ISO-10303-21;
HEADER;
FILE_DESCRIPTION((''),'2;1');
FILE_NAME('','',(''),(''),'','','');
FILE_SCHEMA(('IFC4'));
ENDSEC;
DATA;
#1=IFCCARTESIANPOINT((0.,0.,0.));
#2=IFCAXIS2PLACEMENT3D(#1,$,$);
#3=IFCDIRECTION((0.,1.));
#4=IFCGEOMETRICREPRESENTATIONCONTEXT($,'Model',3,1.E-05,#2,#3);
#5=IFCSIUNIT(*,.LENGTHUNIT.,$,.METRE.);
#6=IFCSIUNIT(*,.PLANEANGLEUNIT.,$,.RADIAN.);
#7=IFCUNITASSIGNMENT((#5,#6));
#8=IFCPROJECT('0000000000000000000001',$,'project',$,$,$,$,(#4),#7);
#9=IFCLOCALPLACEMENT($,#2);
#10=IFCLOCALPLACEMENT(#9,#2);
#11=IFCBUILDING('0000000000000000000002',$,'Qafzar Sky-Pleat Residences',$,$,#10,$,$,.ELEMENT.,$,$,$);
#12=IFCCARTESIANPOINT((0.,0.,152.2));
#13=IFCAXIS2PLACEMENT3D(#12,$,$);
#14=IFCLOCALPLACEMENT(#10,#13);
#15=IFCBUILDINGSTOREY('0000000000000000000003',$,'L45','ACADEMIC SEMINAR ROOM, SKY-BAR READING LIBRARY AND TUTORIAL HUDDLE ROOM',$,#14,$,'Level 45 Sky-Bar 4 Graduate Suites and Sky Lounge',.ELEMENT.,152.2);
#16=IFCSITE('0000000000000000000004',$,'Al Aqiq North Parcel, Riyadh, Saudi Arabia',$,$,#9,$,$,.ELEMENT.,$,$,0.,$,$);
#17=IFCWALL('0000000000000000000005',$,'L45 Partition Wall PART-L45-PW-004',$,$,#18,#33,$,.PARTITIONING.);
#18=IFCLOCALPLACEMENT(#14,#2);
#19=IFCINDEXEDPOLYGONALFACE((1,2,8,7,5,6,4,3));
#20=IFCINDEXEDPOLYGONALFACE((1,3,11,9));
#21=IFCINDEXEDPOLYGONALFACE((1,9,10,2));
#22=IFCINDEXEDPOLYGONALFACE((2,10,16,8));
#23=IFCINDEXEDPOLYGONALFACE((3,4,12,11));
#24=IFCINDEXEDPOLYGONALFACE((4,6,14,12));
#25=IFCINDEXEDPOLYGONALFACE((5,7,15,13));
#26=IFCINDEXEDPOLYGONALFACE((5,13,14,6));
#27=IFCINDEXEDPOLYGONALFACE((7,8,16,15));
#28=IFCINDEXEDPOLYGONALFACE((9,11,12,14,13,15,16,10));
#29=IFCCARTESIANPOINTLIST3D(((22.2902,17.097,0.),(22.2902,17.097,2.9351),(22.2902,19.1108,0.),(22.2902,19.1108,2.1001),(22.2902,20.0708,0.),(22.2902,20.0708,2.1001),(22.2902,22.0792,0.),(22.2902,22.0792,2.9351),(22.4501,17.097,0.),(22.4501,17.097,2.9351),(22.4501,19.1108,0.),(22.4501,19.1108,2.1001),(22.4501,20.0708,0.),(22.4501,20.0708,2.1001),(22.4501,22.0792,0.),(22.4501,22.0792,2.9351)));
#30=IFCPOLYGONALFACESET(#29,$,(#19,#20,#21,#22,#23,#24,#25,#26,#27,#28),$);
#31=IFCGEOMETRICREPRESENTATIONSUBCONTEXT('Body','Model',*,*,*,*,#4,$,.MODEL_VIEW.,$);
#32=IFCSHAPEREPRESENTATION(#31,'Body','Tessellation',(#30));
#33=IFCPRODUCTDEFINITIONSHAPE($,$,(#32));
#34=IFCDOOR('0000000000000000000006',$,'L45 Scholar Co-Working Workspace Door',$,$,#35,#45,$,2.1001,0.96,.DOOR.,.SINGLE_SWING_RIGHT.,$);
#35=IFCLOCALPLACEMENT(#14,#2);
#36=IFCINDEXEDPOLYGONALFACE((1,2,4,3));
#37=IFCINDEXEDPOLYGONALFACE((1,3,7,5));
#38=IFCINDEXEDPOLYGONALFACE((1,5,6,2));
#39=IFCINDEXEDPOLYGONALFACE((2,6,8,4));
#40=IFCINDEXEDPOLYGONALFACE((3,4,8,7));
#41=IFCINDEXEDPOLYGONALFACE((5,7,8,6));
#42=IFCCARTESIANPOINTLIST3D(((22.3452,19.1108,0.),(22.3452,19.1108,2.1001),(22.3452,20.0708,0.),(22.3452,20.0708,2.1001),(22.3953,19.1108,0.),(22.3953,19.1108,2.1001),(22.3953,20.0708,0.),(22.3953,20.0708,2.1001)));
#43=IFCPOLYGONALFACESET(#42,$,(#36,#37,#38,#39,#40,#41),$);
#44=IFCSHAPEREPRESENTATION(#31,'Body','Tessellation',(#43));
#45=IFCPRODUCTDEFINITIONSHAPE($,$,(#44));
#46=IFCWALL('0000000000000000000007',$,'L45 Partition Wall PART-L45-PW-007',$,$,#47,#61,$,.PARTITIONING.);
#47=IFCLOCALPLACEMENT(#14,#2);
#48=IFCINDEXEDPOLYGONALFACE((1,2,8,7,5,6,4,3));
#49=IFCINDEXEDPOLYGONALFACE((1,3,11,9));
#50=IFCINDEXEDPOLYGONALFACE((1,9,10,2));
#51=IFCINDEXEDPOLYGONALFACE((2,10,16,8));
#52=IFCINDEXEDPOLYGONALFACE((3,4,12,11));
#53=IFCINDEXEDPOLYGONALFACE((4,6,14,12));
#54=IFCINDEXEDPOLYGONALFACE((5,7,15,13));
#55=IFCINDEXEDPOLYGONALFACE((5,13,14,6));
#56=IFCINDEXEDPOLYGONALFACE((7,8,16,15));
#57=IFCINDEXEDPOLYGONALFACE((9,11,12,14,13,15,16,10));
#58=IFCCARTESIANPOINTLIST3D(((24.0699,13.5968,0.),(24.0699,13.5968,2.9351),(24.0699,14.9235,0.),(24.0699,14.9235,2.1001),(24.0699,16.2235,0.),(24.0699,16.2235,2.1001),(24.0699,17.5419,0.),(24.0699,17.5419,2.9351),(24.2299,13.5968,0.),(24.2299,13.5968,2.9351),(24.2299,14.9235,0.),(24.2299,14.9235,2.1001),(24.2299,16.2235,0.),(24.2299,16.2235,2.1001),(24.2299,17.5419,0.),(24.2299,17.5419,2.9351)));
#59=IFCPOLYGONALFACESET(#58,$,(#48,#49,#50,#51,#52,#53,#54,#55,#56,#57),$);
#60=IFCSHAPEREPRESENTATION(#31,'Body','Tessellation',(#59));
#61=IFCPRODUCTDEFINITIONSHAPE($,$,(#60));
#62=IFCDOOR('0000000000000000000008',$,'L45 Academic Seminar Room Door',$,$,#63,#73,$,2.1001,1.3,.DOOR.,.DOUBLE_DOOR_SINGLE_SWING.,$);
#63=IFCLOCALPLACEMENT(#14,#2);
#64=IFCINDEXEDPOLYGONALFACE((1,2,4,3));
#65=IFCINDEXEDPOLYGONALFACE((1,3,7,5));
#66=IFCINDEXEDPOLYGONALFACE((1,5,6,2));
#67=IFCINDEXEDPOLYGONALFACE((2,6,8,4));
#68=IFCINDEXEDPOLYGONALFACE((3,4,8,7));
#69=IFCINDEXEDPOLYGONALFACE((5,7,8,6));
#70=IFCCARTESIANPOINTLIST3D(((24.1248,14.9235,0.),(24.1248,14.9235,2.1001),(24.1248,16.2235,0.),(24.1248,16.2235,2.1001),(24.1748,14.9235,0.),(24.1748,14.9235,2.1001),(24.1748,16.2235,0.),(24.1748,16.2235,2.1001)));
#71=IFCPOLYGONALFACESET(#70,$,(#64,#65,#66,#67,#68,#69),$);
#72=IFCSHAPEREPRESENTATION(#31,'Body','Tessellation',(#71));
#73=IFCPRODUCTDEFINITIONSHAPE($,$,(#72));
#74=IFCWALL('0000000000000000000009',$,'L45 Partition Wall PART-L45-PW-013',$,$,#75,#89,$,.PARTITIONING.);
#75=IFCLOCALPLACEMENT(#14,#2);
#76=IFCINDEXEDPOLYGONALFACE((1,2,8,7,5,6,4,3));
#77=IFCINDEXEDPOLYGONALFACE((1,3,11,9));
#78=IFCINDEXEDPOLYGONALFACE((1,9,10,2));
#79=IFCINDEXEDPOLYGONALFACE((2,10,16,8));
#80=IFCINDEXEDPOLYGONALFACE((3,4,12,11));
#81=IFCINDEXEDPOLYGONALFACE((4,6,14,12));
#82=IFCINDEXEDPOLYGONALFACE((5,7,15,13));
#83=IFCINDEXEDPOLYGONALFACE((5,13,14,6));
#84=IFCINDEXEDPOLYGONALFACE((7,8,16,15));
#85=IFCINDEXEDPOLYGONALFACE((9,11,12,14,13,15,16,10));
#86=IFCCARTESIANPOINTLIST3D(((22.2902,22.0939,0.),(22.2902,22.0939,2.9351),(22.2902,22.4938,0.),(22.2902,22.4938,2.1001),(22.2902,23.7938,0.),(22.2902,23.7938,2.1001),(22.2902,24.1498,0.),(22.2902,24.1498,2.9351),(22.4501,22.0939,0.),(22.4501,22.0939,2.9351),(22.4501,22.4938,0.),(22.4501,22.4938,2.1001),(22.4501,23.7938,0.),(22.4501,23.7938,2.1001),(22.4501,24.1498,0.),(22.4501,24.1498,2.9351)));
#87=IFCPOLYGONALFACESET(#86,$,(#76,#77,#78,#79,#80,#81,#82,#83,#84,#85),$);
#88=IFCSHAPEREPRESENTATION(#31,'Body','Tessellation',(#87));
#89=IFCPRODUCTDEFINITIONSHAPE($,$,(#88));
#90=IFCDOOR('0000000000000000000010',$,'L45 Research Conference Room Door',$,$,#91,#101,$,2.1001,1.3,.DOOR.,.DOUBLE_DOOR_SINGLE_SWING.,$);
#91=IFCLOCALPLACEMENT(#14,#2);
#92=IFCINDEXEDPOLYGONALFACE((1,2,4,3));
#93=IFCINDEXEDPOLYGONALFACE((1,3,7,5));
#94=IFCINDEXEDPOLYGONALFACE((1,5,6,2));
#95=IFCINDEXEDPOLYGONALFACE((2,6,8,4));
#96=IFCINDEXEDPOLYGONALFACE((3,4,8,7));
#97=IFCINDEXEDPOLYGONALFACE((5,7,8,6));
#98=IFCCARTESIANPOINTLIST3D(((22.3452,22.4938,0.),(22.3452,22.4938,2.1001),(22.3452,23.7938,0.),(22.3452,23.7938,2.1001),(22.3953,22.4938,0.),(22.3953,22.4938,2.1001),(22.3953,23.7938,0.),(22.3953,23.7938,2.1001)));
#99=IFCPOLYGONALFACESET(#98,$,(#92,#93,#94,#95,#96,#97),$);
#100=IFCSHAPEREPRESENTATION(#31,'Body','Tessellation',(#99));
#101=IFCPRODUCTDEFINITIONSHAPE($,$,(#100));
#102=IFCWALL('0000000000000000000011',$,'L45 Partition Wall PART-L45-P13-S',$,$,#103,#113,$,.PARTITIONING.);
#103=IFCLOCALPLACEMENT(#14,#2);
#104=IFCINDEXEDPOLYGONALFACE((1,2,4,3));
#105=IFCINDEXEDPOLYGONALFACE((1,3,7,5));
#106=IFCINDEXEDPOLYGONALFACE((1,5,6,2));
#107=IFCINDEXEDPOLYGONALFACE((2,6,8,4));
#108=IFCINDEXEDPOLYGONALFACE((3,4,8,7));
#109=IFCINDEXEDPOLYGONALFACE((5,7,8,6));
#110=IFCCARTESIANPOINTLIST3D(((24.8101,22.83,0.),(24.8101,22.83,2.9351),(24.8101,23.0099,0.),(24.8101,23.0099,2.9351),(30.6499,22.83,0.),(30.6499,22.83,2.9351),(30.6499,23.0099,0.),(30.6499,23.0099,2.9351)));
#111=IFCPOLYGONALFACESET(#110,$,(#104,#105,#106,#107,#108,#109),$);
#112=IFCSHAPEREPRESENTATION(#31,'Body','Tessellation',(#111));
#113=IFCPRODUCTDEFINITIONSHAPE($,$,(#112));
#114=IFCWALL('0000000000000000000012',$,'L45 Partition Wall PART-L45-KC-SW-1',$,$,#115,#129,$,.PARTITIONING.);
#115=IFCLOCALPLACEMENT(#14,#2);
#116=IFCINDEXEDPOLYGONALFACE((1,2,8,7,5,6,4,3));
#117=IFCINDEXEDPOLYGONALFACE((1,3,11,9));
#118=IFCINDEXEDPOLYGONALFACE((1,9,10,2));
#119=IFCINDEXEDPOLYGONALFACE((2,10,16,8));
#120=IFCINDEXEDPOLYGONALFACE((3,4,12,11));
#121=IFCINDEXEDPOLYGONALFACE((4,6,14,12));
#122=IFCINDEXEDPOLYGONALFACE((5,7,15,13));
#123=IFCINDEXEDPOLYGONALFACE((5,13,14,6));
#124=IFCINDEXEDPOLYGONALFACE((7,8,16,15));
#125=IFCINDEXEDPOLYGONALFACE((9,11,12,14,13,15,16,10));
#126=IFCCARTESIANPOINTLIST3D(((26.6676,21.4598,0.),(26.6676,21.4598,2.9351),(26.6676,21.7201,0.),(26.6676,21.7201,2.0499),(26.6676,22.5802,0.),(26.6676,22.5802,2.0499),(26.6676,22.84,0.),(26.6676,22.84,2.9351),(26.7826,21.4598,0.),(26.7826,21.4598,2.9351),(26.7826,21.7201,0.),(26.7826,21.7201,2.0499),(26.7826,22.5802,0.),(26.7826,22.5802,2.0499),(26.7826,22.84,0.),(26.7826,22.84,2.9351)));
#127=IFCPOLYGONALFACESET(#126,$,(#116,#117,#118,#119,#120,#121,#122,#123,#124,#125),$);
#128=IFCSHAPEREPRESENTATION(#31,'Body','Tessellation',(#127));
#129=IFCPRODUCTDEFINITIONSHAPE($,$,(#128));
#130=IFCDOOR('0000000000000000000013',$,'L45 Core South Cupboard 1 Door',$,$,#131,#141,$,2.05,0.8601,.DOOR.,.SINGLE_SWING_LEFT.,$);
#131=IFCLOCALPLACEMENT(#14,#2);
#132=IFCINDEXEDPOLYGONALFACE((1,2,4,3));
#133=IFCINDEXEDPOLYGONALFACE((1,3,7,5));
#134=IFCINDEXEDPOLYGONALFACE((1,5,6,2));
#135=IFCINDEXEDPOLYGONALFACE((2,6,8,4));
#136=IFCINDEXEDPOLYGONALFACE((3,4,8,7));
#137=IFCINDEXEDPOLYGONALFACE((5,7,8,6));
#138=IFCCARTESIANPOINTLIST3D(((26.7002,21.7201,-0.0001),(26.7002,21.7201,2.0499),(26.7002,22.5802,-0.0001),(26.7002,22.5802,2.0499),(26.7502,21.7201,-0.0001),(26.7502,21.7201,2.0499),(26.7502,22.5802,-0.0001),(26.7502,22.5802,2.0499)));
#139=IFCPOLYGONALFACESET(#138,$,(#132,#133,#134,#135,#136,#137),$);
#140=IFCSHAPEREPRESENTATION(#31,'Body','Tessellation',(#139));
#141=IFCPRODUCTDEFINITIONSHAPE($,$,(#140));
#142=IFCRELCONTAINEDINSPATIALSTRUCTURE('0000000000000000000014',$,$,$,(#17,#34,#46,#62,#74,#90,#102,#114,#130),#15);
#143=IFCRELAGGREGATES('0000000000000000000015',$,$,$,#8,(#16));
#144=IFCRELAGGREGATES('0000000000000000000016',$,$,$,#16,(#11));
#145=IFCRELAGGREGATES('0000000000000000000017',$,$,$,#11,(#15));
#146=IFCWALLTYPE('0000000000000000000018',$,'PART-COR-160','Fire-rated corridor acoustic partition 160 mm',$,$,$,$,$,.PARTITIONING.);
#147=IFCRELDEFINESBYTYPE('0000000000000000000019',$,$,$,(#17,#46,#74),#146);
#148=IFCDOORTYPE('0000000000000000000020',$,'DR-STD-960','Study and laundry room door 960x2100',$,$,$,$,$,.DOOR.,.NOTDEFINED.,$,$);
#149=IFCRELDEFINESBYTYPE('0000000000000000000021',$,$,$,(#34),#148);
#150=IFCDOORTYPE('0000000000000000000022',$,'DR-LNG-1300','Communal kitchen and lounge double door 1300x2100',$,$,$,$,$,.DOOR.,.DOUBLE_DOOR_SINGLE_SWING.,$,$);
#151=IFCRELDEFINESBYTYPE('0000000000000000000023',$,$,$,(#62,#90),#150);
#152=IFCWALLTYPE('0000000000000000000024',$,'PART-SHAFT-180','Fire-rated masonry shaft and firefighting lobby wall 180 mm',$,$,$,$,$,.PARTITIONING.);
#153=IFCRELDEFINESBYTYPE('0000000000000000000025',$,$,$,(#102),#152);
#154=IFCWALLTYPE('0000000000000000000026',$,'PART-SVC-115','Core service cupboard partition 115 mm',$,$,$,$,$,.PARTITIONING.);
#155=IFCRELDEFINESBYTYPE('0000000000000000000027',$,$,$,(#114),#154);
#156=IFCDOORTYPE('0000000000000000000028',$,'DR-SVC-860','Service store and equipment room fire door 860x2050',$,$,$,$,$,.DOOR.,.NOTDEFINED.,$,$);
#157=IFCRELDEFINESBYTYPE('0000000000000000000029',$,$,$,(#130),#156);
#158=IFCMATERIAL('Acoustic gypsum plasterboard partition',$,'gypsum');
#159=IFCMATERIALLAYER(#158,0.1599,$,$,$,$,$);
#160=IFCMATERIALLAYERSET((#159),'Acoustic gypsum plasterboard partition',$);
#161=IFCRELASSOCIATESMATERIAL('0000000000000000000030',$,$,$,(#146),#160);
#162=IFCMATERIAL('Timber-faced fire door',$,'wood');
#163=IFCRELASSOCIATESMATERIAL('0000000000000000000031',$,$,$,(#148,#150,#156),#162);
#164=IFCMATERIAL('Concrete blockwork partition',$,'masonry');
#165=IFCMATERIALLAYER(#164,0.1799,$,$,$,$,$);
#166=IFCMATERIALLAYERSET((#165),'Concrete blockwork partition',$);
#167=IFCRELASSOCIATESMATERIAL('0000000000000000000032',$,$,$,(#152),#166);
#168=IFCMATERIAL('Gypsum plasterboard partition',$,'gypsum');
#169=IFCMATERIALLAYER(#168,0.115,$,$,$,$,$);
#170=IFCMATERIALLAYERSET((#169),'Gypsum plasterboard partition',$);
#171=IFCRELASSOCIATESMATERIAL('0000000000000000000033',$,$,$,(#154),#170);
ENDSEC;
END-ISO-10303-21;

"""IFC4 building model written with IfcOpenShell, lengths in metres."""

from ifc_helpers import new_model, si_unit, direction, frame, frame_2d, origin, place, context, subcontext, project, spatial, rectangle, extrude, source, transform, mapped, material, layer, layer_set, type_object, element, fill, save


model = new_model("IFC4")

# Units and contexts
model_context = context("Model", 3, precision=1e-05, world=origin(), true_north=direction((0.0, 1.0)))
body_context = subcontext(model_context, "Body", "Model", "MODEL_VIEW")
ifc_project = project(units=[si_unit("LENGTHUNIT", "METRE"), si_unit("PLANEANGLEUNIT", "RADIAN")], contexts=[model_context])

# Site, building, storey
site_placement = place(None, origin())
site = spatial("IfcSite", under=ifc_project, at=site_placement, Name="Al Aqiq North Parcel, Riyadh, Saudi Arabia", CompositionType="ELEMENT", RefElevation=0.0)
building_placement = place(site_placement, origin())
building = spatial("IfcBuilding", under=site, at=building_placement, Name="Qafzar Sky-Pleat Residences", CompositionType="ELEMENT")
storey_placement = place(building_placement, frame((0.0, 0.0, 152.2)))
storey = spatial("IfcBuildingStorey", under=building, at=storey_placement, Name="L45", Description="ACADEMIC SEMINAR ROOM, SKY-BAR READING LIBRARY AND TUTORIAL HUDDLE ROOM", LongName="Level 45 Sky-Bar 4 Graduate Suites and Sky Lounge", CompositionType="ELEMENT", Elevation=152.2)

# Walls, openings, doors
ifc_material_1 = material(Name="Acoustic gypsum plasterboard partition", Category="gypsum")
ifc_layer_1 = layer(ifc_material_1, 0.1599)
ifc_layer_set_1 = layer_set([ifc_layer_1], Name="Acoustic gypsum plasterboard partition")
wall_type_1 = type_object("IfcWallType", Name="PART-COR-160", Description="Fire-rated corridor acoustic partition 160 mm", PredefinedType="PARTITIONING", material=ifc_layer_set_1)
wall_1_placement = place(storey_placement, frame((22.3701, 17.0969, 0.0), z_axis=(0.0, 0.0, 1.0), x_axis=(0.0, 1.0, 0.0)))
wall_1 = element("IfcWall", 1, at=wall_1_placement, inside=storey, type_object=wall_type_1, Name="L45 Partition Wall PART-L45-PW-004", PredefinedType="PARTITIONING", context=body_context, shape_type="SweptSolid", body=[
    extrude(rectangle(XDim=4.9822, YDim=0.1599, at=frame_2d((2.4912, 0.0))), origin(), (0.0, 0.0, 1.0), 2.9351),
])
opening_1_placement = place(wall_1_placement, frame((2.0139, 0.0, 0.0)))
opening_1 = element("IfcOpeningElement", 2, at=opening_1_placement, cuts=wall_1, PredefinedType="OPENING", context=body_context, shape_type="SweptSolid", body=[
    extrude(rectangle(XDim=0.96, YDim=2.1001, at=frame_2d((0.48, 1.05))), frame((0.0, 0.0898, 0.0), z_axis=(0.0, -1.0, 0.0), x_axis=(1.0, 0.0, 0.0)), (0.0, 0.0, 1.0), 0.1799),
])
ifc_material_2 = material(Name="Timber-faced fire door", Category="wood")
door_type_1 = type_object("IfcDoorType", Name="DR-STD-960", Description="Study and laundry room door 960x2100", OperationType="NOTDEFINED", PredefinedType="DOOR", material=ifc_material_2)
shared_shape_1 = source(origin(), body_context, "Body", "SweptSolid", [
    extrude(rectangle(XDim=0.96, YDim=2.1001, at=frame_2d((0.48, 1.05))), frame((0.0, 0.0249, 0.0), z_axis=(0.0, -1.0, 0.0), x_axis=(1.0, 0.0, 0.0)), (0.0, 0.0, 1.0), 0.05),
])
door_1_placement = place(opening_1_placement, origin())
door_1 = element("IfcDoor", 3, at=door_1_placement, inside=storey, type_object=door_type_1, Name="L45 Scholar Co-Working Workspace Door", OperationType="SINGLE_SWING_RIGHT", OverallHeight=2.1001, OverallWidth=0.96, PredefinedType="DOOR", context=body_context, shape_type="MappedRepresentation", body=[
    mapped(shared_shape_1, transform((0.0, 0.0, 0.0), x_axis=(1.0, 0.0, 0.0), y_axis=(0.0, 1.0, 0.0), z_axis=(0.0, 0.0, 1.0), scale=1.0)),
])
fill(opening_1, door_1)
wall_2_placement = place(storey_placement, frame((24.1499, 17.542, 0.0), z_axis=(0.0, 0.0, 1.0), x_axis=(0.0, -1.0, 0.0)))
wall_2 = element("IfcWall", 4, at=wall_2_placement, inside=storey, type_object=wall_type_1, Name="L45 Partition Wall PART-L45-PW-007", PredefinedType="PARTITIONING", context=body_context, shape_type="SweptSolid", body=[
    extrude(rectangle(XDim=3.9451, YDim=0.1599, at=frame_2d((1.9727, 0.0))), origin(), (0.0, 0.0, 1.0), 2.9351),
])
opening_2_placement = place(wall_2_placement, frame((1.3186, 0.0, 0.0)))
opening_2 = element("IfcOpeningElement", 5, at=opening_2_placement, cuts=wall_2, PredefinedType="OPENING", context=body_context, shape_type="SweptSolid", body=[
    extrude(rectangle(XDim=1.3, YDim=2.1001, at=frame_2d((0.6499, 1.05))), frame((0.0, 0.0898, 0.0), z_axis=(0.0, -1.0, 0.0), x_axis=(1.0, 0.0, 0.0)), (0.0, 0.0, 1.0), 0.1799),
])
door_type_2 = type_object("IfcDoorType", Name="DR-LNG-1300", Description="Communal kitchen and lounge double door 1300x2100", OperationType="DOUBLE_DOOR_SINGLE_SWING", PredefinedType="DOOR", material=ifc_material_2)
shared_shape_2 = source(origin(), body_context, "Body", "SweptSolid", [
    extrude(rectangle(XDim=1.3, YDim=2.1001, at=frame_2d((0.6499, 1.05))), frame((0.0, 0.0249, 0.0), z_axis=(0.0, -1.0, 0.0), x_axis=(1.0, 0.0, 0.0)), (0.0, 0.0, 1.0), 0.05),
])
door_2_placement = place(opening_2_placement, origin())
door_2 = element("IfcDoor", 6, at=door_2_placement, inside=storey, type_object=door_type_2, Name="L45 Academic Seminar Room Door", OperationType="DOUBLE_DOOR_SINGLE_SWING", OverallHeight=2.1001, OverallWidth=1.3, PredefinedType="DOOR", context=body_context, shape_type="MappedRepresentation", body=[
    mapped(shared_shape_2, transform((0.0, 0.0, 0.0), x_axis=(1.0, 0.0, 0.0), y_axis=(0.0, 1.0, 0.0), z_axis=(0.0, 0.0, 1.0), scale=1.0)),
])
fill(opening_2, door_2)
wall_3_placement = place(storey_placement, frame((22.3701, 22.094, 0.0), z_axis=(0.0, 0.0, 1.0), x_axis=(0.0, 1.0, 0.0)))
wall_3 = element("IfcWall", 7, at=wall_3_placement, inside=storey, type_object=wall_type_1, Name="L45 Partition Wall PART-L45-PW-013", PredefinedType="PARTITIONING", context=body_context, shape_type="SweptSolid", body=[
    extrude(rectangle(XDim=2.0559, YDim=0.1599, at=frame_2d((1.0278, 0.0))), origin(), (0.0, 0.0, 1.0), 2.9351),
])
opening_3_placement = place(wall_3_placement, frame((0.3999, 0.0, 0.0)))
opening_3 = element("IfcOpeningElement", 8, at=opening_3_placement, cuts=wall_3, PredefinedType="OPENING", context=body_context, shape_type="SweptSolid", body=[
    extrude(rectangle(XDim=1.3, YDim=2.1001, at=frame_2d((0.6499, 1.05))), frame((0.0, 0.0898, 0.0), z_axis=(0.0, -1.0, 0.0), x_axis=(1.0, 0.0, 0.0)), (0.0, 0.0, 1.0), 0.1799),
])
door_3_placement = place(opening_3_placement, origin())
door_3 = element("IfcDoor", 9, at=door_3_placement, inside=storey, type_object=door_type_2, Name="L45 Research Conference Room Door", OperationType="DOUBLE_DOOR_SINGLE_SWING", OverallHeight=2.1001, OverallWidth=1.3, PredefinedType="DOOR", context=body_context, shape_type="MappedRepresentation", body=[
    mapped(shared_shape_2, transform((0.0, 0.0, 0.0), x_axis=(1.0, 0.0, 0.0), y_axis=(0.0, 1.0, 0.0), z_axis=(0.0, 0.0, 1.0), scale=1.0)),
])
fill(opening_3, door_3)

# Wall
ifc_material_3 = material(Name="Concrete blockwork partition", Category="masonry")
ifc_layer_2 = layer(ifc_material_3, 0.1799)
ifc_layer_set_2 = layer_set([ifc_layer_2], Name="Concrete blockwork partition")
wall_type_2 = type_object("IfcWallType", Name="PART-SHAFT-180", Description="Fire-rated masonry shaft and firefighting lobby wall 180 mm", PredefinedType="PARTITIONING", material=ifc_layer_set_2)
wall_4_placement = place(storey_placement, frame((24.8101, 22.9199, 0.0), z_axis=(0.0, 0.0, 1.0), x_axis=(1.0, 0.0, 0.0)))
element("IfcWall", 10, at=wall_4_placement, inside=storey, type_object=wall_type_2, Name="L45 Partition Wall PART-L45-P13-S", PredefinedType="PARTITIONING", context=body_context, shape_type="SweptSolid", body=[
    extrude(rectangle(XDim=5.8398, YDim=0.1799, at=frame_2d((2.9199, 0.0))), origin(), (0.0, 0.0, 1.0), 2.9351),
])

# Wall, opening, door
ifc_material_4 = material(Name="Gypsum plasterboard partition", Category="gypsum")
ifc_layer_3 = layer(ifc_material_4, 0.115)
ifc_layer_set_3 = layer_set([ifc_layer_3], Name="Gypsum plasterboard partition")
wall_type_3 = type_object("IfcWallType", Name="PART-SVC-115", Description="Core service cupboard partition 115 mm", PredefinedType="PARTITIONING", material=ifc_layer_set_3)
wall_5_placement = place(storey_placement, frame((26.7251, 21.46, 0.0), z_axis=(0.0, 0.0, 1.0), x_axis=(0.0, 1.0, 0.0)))
wall_5 = element("IfcWall", 11, at=wall_5_placement, inside=storey, type_object=wall_type_3, Name="L45 Partition Wall PART-L45-KC-SW-1", PredefinedType="PARTITIONING", context=body_context, shape_type="SweptSolid", body=[
    extrude(rectangle(XDim=1.3801, YDim=0.115, at=frame_2d((0.6899, 0.0))), origin(), (0.0, 0.0, 1.0), 2.9351),
])
opening_4_placement = place(wall_5_placement, frame((0.26, 0.0, 0.0)))
opening_4 = element("IfcOpeningElement", 12, at=opening_4_placement, cuts=wall_5, PredefinedType="OPENING", context=body_context, shape_type="SweptSolid", body=[
    extrude(rectangle(XDim=0.8601, YDim=2.05, at=frame_2d((0.4302, 1.0249))), frame((0.0, 0.0674, 0.0), z_axis=(0.0, -1.0, 0.0), x_axis=(1.0, 0.0, 0.0)), (0.0, 0.0, 1.0), 0.135),
])
door_type_3 = type_object("IfcDoorType", Name="DR-SVC-860", Description="Service store and equipment room fire door 860x2050", OperationType="NOTDEFINED", PredefinedType="DOOR", material=ifc_material_2)
shared_shape_3 = source(origin(), body_context, "Body", "SweptSolid", [
    extrude(rectangle(XDim=0.8601, YDim=2.05, at=frame_2d((0.4302, 1.0249))), frame((0.0, 0.0249, 0.0), z_axis=(0.0, -1.0, 0.0), x_axis=(1.0, 0.0, 0.0)), (0.0, 0.0, 1.0), 0.05),
])
door_4_placement = place(opening_4_placement, origin())
door_4 = element("IfcDoor", 13, at=door_4_placement, inside=storey, type_object=door_type_3, Name="L45 Core South Cupboard 1 Door", OperationType="SINGLE_SWING_LEFT", OverallHeight=2.05, OverallWidth=0.8601, PredefinedType="DOOR", context=body_context, shape_type="MappedRepresentation", body=[
    mapped(shared_shape_3, transform((0.0, 0.0, 0.0), x_axis=(1.0, 0.0, 0.0), y_axis=(0.0, 1.0, 0.0), z_axis=(0.0, 0.0, 1.0), scale=1.0)),
])
fill(opening_4, door_4)

save(model, "model.ifc")
